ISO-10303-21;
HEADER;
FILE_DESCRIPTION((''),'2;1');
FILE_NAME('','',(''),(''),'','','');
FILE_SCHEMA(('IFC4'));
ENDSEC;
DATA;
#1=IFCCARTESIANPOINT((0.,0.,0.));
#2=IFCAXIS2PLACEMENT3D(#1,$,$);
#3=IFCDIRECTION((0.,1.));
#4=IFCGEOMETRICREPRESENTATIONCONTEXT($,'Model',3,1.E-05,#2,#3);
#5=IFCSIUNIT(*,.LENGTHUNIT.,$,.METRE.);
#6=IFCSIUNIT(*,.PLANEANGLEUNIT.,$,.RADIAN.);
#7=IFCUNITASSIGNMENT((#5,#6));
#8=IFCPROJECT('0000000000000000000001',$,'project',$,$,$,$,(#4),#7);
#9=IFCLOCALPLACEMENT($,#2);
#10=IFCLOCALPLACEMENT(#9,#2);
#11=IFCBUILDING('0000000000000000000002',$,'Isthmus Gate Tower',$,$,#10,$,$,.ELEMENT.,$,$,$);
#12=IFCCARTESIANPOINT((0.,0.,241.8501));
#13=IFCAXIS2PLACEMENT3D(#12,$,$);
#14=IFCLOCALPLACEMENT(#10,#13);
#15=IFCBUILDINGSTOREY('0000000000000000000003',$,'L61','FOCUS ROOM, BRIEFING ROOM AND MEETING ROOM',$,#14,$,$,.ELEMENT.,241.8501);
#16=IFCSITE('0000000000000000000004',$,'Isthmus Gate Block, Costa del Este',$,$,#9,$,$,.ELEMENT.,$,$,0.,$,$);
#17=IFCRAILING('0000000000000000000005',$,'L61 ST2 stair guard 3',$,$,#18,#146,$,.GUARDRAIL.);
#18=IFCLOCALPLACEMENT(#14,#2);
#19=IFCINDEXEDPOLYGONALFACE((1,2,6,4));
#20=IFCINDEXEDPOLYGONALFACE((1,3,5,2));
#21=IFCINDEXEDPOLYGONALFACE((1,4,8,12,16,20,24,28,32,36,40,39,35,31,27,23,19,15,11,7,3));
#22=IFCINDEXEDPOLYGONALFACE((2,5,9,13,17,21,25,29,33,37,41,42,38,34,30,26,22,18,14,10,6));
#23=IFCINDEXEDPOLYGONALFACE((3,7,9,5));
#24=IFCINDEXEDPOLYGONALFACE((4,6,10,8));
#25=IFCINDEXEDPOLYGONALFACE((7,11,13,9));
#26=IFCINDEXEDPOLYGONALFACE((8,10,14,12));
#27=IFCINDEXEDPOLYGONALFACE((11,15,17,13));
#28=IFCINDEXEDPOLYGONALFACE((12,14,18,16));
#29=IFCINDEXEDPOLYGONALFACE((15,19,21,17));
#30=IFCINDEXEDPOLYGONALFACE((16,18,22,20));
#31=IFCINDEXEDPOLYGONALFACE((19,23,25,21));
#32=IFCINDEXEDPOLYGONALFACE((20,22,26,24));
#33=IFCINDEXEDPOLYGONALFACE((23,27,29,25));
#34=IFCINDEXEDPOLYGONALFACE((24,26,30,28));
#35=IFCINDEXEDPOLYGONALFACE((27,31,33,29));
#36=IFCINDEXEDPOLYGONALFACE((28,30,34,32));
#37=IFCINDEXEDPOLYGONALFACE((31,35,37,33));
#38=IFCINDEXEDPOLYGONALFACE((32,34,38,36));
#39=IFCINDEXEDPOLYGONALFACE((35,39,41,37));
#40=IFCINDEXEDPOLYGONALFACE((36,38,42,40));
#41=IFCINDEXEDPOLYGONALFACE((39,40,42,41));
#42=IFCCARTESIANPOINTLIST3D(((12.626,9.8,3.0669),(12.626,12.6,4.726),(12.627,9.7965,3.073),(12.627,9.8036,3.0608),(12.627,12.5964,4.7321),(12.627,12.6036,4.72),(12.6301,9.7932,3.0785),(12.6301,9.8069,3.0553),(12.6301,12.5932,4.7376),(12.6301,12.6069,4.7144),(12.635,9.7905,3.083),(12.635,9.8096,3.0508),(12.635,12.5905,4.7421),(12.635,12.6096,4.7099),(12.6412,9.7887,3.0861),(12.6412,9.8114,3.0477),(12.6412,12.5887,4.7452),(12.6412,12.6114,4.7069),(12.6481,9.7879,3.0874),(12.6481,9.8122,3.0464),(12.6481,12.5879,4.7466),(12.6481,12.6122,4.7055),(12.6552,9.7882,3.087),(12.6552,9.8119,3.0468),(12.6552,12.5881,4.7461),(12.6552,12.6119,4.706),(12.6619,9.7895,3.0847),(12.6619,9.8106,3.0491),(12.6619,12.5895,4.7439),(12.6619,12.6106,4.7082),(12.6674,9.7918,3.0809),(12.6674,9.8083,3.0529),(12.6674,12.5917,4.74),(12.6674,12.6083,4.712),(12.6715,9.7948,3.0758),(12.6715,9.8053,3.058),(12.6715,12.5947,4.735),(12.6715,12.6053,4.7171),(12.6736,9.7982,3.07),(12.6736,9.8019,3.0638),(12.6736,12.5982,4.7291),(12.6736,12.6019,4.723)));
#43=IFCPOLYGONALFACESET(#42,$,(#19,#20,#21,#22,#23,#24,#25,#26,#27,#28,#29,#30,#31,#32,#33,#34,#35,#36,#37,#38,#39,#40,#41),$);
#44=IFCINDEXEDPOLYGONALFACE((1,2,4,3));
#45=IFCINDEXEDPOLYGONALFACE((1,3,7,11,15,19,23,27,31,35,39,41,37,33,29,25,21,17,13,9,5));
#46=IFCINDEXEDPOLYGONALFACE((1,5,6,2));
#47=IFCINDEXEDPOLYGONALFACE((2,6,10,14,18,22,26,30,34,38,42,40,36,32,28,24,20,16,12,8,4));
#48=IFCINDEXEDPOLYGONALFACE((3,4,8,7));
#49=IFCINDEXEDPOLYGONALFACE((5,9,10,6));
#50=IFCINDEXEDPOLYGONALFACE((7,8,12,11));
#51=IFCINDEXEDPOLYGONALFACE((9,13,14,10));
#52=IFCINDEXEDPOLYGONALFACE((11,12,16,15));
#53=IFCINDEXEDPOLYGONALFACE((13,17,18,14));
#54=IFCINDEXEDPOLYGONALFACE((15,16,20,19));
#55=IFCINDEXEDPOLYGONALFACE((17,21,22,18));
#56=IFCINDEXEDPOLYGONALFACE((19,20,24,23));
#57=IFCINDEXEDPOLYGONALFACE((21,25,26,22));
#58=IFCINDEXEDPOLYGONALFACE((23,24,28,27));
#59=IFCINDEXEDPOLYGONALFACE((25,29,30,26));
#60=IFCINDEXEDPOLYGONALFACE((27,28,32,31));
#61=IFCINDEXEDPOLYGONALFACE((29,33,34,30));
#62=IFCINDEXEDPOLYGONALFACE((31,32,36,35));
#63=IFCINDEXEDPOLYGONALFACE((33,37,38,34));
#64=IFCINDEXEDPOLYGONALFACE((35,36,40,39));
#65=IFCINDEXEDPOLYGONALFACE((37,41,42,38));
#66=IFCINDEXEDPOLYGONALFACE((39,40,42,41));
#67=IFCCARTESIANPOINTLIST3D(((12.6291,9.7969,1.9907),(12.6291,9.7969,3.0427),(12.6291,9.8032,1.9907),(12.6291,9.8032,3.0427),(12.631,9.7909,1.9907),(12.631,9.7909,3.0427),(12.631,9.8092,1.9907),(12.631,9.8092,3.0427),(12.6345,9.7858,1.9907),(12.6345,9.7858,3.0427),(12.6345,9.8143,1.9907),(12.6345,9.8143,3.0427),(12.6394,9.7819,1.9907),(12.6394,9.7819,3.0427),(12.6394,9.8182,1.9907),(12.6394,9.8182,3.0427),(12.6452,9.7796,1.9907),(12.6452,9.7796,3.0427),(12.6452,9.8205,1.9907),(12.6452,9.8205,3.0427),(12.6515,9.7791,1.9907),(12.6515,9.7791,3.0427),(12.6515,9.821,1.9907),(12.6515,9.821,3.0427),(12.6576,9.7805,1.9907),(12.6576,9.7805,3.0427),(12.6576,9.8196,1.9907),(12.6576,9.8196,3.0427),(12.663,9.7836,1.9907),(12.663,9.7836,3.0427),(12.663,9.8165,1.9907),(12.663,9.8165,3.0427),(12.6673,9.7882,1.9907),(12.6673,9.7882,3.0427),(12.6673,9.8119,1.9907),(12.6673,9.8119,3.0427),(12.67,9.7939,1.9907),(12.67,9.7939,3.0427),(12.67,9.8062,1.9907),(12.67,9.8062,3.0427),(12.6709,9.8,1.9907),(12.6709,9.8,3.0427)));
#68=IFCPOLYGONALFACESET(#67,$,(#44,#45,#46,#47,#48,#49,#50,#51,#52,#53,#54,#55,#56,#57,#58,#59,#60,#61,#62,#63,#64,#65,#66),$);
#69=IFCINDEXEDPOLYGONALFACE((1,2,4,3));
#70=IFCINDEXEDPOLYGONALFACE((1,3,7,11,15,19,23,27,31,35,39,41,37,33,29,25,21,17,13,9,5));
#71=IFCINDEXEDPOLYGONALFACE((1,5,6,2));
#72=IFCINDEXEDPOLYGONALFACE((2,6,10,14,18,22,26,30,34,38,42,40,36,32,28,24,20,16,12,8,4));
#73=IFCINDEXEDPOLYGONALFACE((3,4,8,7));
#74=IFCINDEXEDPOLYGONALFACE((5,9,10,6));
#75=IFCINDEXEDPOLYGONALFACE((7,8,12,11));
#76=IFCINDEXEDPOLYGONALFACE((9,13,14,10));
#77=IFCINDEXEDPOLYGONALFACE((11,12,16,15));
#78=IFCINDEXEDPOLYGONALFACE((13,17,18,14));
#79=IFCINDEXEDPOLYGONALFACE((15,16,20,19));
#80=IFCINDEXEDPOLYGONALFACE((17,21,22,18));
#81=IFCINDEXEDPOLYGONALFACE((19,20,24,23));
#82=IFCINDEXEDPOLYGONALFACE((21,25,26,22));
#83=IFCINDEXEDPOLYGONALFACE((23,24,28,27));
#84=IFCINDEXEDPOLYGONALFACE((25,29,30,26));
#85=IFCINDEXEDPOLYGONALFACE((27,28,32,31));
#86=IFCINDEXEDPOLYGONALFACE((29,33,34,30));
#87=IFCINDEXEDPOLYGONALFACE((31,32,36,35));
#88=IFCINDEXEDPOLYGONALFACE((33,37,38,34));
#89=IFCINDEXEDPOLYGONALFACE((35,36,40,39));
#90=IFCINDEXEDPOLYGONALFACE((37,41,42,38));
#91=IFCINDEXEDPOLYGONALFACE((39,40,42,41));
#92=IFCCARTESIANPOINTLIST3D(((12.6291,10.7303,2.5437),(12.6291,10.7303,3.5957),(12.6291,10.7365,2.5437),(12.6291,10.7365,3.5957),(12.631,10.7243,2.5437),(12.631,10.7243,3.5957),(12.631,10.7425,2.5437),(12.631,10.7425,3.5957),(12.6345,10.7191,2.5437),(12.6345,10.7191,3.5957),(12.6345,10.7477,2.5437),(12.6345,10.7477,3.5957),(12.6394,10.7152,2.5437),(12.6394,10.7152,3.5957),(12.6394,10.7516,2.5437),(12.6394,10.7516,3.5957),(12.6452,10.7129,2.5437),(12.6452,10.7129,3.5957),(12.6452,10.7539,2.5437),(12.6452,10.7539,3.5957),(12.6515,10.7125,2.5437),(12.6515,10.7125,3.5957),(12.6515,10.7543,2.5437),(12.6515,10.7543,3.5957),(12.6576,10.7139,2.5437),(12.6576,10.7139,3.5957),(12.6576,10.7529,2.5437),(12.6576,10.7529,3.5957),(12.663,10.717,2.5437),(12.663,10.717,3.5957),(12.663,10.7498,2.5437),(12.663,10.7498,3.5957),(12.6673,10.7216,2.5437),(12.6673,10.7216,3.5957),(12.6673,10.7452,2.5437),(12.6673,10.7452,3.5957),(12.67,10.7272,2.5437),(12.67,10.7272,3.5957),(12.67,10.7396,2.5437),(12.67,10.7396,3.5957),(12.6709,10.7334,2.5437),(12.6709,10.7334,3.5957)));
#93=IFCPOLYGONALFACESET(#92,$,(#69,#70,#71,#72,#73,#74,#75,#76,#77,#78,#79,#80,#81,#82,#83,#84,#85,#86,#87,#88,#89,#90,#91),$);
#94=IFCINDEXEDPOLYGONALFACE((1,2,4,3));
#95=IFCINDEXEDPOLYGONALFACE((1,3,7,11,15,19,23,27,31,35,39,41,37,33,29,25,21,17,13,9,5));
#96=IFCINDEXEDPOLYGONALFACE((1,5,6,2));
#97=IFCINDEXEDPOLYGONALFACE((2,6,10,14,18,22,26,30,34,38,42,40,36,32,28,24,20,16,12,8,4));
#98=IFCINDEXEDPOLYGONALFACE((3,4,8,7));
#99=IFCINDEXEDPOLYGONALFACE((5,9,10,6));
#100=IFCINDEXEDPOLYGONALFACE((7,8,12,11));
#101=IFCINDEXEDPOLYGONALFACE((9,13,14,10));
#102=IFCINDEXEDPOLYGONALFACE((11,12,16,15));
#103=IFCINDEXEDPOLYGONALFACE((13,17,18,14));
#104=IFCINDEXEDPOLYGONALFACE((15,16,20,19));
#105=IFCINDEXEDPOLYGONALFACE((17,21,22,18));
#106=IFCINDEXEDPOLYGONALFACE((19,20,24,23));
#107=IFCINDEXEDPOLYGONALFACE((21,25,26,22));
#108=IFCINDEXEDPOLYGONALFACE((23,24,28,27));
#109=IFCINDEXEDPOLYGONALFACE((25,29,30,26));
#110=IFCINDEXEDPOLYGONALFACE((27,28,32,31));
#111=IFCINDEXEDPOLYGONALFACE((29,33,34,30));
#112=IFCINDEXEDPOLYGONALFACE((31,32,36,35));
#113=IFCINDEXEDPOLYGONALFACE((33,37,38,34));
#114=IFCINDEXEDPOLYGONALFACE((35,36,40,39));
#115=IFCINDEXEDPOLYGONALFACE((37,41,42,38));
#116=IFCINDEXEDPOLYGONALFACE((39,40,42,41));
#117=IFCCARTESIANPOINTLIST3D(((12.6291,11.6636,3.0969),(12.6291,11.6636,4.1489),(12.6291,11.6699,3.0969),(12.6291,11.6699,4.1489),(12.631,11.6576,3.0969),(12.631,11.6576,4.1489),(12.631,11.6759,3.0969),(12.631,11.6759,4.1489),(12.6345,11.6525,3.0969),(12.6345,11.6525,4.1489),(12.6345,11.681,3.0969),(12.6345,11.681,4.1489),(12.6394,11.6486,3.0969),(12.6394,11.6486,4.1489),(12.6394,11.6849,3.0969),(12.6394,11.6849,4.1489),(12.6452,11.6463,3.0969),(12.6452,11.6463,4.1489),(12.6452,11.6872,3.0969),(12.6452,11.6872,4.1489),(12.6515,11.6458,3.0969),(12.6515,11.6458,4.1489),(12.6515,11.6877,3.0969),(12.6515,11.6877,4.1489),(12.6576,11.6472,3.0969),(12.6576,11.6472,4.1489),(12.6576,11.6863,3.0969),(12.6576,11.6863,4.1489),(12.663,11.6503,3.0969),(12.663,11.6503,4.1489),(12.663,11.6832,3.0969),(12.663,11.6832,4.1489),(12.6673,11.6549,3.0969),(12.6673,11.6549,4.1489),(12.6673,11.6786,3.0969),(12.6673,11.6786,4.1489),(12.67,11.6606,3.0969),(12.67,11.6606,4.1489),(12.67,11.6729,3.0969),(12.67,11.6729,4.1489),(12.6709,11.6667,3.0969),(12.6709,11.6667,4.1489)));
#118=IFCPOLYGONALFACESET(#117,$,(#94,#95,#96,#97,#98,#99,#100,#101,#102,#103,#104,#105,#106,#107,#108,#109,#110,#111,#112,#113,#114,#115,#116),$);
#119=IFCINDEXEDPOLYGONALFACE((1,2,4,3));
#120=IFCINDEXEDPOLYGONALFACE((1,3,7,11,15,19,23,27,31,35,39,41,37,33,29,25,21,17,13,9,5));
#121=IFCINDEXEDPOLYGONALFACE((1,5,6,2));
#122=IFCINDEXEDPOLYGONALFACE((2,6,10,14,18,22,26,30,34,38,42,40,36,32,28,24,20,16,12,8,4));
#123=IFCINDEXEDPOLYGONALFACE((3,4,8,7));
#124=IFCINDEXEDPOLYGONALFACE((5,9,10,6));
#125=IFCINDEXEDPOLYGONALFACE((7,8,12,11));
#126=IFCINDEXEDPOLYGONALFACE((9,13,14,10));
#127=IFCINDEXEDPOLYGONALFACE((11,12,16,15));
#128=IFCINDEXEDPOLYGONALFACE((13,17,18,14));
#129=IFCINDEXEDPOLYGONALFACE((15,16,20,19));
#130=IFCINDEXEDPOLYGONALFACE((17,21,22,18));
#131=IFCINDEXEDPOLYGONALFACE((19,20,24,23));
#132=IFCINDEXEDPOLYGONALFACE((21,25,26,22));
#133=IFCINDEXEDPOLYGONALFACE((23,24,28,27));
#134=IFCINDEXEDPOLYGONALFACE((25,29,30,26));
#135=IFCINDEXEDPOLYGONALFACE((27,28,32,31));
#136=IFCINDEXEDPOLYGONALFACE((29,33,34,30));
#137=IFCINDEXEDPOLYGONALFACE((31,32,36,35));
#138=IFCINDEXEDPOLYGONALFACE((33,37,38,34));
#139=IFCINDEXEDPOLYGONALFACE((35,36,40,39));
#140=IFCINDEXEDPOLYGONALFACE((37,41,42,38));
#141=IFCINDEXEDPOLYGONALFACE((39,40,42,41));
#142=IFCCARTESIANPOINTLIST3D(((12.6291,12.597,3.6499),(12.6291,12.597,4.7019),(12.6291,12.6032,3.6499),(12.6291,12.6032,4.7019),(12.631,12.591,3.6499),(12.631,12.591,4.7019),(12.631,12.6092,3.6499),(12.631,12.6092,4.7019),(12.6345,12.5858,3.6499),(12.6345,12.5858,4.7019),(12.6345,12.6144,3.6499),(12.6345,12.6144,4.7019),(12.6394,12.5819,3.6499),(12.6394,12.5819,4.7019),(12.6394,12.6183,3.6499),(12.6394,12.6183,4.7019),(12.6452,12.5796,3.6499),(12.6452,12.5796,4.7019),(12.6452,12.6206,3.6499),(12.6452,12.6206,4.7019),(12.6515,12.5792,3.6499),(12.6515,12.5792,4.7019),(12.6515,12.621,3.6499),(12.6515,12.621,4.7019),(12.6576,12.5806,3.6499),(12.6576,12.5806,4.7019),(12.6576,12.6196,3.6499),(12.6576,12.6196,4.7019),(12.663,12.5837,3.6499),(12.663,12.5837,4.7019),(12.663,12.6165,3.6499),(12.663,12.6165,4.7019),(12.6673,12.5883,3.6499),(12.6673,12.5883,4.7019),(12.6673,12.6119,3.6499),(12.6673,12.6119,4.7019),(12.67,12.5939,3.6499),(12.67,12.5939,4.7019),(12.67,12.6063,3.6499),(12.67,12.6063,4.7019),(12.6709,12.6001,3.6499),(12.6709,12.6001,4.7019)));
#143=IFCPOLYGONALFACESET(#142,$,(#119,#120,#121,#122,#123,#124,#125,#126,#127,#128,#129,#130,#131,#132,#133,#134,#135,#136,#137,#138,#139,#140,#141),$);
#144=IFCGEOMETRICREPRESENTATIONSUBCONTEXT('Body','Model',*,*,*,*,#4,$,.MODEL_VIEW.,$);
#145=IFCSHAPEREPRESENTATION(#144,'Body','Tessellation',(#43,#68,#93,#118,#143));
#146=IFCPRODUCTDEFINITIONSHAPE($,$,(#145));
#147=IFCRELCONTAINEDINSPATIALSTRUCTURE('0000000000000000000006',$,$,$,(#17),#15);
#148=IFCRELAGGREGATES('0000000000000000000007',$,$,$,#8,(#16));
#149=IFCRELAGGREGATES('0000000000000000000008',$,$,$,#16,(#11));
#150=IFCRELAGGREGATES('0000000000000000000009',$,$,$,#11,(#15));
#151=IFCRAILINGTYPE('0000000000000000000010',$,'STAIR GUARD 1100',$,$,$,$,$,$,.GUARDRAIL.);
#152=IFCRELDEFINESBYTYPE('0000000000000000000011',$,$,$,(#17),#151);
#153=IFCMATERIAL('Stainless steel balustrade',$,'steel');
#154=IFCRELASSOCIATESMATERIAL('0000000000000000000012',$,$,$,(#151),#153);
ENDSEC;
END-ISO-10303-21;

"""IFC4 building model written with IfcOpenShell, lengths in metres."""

from ifc_helpers import new_model, si_unit, direction, frame, origin, origin_2d, place, context, subcontext, project, spatial, circle, extrude, material, type_object, element, save


model = new_model("IFC4")

# Units and contexts
model_context = context("Model", 3, precision=1e-05, world=origin(), true_north=direction((0.0, 1.0)))
body_context = subcontext(model_context, "Body", "Model", "MODEL_VIEW")
ifc_project = project(units=[si_unit("LENGTHUNIT", "METRE"), si_unit("PLANEANGLEUNIT", "RADIAN")], contexts=[model_context])

# Site, building, storey
site_placement = place(None, origin())
site = spatial("IfcSite", under=ifc_project, at=site_placement, Name="Isthmus Gate Block, Costa del Este", CompositionType="ELEMENT", RefElevation=0.0)
building_placement = place(site_placement, origin())
building = spatial("IfcBuilding", under=site, at=building_placement, Name="Isthmus Gate Tower", CompositionType="ELEMENT")
storey_placement = place(building_placement, frame((0.0, 0.0, 241.8501)))
storey = spatial("IfcBuildingStorey", under=building, at=storey_placement, Name="L61", Description="FOCUS ROOM, BRIEFING ROOM AND MEETING ROOM", CompositionType="ELEMENT", Elevation=241.8501)

# Railing
ifc_material_1 = material(Name="Stainless steel balustrade", Category="steel")
railing_type_1 = type_object("IfcRailingType", Name="STAIR GUARD 1100", PredefinedType="GUARDRAIL", material=ifc_material_1)
railing_1_placement = place(storey_placement, frame((12.6499, 9.8, 1.9907)))
element("IfcRailing", 1, at=railing_1_placement, inside=storey, type_object=railing_type_1, Name="L61 ST2 stair guard 3", PredefinedType="GUARDRAIL", context=body_context, shape_type="SweptSolid", body=[
    extrude(circle(Radius=0.0239, at=origin_2d()), frame((0.0, 0.0, 1.0762), z_axis=(0.0, 0.860306, 0.509778), x_axis=(-1.0, 0.0, 0.0)), (0.0, 0.0, 1.0), 3.2546),
    extrude(circle(Radius=0.021, at=origin_2d()), origin(), (0.0, 0.0, 1.0), 1.052),
    extrude(circle(Radius=0.021, at=origin_2d()), frame((0.0, 0.9333, 0.553)), (0.0, 0.0, 1.0), 1.052),
    extrude(circle(Radius=0.021, at=origin_2d()), frame((0.0, 1.8667, 1.1062)), (0.0, 0.0, 1.0), 1.052),
    extrude(circle(Radius=0.021, at=origin_2d()), frame((0.0, 2.8, 1.6592)), (0.0, 0.0, 1.0), 1.052),
])

save(model, "model.ifc")
